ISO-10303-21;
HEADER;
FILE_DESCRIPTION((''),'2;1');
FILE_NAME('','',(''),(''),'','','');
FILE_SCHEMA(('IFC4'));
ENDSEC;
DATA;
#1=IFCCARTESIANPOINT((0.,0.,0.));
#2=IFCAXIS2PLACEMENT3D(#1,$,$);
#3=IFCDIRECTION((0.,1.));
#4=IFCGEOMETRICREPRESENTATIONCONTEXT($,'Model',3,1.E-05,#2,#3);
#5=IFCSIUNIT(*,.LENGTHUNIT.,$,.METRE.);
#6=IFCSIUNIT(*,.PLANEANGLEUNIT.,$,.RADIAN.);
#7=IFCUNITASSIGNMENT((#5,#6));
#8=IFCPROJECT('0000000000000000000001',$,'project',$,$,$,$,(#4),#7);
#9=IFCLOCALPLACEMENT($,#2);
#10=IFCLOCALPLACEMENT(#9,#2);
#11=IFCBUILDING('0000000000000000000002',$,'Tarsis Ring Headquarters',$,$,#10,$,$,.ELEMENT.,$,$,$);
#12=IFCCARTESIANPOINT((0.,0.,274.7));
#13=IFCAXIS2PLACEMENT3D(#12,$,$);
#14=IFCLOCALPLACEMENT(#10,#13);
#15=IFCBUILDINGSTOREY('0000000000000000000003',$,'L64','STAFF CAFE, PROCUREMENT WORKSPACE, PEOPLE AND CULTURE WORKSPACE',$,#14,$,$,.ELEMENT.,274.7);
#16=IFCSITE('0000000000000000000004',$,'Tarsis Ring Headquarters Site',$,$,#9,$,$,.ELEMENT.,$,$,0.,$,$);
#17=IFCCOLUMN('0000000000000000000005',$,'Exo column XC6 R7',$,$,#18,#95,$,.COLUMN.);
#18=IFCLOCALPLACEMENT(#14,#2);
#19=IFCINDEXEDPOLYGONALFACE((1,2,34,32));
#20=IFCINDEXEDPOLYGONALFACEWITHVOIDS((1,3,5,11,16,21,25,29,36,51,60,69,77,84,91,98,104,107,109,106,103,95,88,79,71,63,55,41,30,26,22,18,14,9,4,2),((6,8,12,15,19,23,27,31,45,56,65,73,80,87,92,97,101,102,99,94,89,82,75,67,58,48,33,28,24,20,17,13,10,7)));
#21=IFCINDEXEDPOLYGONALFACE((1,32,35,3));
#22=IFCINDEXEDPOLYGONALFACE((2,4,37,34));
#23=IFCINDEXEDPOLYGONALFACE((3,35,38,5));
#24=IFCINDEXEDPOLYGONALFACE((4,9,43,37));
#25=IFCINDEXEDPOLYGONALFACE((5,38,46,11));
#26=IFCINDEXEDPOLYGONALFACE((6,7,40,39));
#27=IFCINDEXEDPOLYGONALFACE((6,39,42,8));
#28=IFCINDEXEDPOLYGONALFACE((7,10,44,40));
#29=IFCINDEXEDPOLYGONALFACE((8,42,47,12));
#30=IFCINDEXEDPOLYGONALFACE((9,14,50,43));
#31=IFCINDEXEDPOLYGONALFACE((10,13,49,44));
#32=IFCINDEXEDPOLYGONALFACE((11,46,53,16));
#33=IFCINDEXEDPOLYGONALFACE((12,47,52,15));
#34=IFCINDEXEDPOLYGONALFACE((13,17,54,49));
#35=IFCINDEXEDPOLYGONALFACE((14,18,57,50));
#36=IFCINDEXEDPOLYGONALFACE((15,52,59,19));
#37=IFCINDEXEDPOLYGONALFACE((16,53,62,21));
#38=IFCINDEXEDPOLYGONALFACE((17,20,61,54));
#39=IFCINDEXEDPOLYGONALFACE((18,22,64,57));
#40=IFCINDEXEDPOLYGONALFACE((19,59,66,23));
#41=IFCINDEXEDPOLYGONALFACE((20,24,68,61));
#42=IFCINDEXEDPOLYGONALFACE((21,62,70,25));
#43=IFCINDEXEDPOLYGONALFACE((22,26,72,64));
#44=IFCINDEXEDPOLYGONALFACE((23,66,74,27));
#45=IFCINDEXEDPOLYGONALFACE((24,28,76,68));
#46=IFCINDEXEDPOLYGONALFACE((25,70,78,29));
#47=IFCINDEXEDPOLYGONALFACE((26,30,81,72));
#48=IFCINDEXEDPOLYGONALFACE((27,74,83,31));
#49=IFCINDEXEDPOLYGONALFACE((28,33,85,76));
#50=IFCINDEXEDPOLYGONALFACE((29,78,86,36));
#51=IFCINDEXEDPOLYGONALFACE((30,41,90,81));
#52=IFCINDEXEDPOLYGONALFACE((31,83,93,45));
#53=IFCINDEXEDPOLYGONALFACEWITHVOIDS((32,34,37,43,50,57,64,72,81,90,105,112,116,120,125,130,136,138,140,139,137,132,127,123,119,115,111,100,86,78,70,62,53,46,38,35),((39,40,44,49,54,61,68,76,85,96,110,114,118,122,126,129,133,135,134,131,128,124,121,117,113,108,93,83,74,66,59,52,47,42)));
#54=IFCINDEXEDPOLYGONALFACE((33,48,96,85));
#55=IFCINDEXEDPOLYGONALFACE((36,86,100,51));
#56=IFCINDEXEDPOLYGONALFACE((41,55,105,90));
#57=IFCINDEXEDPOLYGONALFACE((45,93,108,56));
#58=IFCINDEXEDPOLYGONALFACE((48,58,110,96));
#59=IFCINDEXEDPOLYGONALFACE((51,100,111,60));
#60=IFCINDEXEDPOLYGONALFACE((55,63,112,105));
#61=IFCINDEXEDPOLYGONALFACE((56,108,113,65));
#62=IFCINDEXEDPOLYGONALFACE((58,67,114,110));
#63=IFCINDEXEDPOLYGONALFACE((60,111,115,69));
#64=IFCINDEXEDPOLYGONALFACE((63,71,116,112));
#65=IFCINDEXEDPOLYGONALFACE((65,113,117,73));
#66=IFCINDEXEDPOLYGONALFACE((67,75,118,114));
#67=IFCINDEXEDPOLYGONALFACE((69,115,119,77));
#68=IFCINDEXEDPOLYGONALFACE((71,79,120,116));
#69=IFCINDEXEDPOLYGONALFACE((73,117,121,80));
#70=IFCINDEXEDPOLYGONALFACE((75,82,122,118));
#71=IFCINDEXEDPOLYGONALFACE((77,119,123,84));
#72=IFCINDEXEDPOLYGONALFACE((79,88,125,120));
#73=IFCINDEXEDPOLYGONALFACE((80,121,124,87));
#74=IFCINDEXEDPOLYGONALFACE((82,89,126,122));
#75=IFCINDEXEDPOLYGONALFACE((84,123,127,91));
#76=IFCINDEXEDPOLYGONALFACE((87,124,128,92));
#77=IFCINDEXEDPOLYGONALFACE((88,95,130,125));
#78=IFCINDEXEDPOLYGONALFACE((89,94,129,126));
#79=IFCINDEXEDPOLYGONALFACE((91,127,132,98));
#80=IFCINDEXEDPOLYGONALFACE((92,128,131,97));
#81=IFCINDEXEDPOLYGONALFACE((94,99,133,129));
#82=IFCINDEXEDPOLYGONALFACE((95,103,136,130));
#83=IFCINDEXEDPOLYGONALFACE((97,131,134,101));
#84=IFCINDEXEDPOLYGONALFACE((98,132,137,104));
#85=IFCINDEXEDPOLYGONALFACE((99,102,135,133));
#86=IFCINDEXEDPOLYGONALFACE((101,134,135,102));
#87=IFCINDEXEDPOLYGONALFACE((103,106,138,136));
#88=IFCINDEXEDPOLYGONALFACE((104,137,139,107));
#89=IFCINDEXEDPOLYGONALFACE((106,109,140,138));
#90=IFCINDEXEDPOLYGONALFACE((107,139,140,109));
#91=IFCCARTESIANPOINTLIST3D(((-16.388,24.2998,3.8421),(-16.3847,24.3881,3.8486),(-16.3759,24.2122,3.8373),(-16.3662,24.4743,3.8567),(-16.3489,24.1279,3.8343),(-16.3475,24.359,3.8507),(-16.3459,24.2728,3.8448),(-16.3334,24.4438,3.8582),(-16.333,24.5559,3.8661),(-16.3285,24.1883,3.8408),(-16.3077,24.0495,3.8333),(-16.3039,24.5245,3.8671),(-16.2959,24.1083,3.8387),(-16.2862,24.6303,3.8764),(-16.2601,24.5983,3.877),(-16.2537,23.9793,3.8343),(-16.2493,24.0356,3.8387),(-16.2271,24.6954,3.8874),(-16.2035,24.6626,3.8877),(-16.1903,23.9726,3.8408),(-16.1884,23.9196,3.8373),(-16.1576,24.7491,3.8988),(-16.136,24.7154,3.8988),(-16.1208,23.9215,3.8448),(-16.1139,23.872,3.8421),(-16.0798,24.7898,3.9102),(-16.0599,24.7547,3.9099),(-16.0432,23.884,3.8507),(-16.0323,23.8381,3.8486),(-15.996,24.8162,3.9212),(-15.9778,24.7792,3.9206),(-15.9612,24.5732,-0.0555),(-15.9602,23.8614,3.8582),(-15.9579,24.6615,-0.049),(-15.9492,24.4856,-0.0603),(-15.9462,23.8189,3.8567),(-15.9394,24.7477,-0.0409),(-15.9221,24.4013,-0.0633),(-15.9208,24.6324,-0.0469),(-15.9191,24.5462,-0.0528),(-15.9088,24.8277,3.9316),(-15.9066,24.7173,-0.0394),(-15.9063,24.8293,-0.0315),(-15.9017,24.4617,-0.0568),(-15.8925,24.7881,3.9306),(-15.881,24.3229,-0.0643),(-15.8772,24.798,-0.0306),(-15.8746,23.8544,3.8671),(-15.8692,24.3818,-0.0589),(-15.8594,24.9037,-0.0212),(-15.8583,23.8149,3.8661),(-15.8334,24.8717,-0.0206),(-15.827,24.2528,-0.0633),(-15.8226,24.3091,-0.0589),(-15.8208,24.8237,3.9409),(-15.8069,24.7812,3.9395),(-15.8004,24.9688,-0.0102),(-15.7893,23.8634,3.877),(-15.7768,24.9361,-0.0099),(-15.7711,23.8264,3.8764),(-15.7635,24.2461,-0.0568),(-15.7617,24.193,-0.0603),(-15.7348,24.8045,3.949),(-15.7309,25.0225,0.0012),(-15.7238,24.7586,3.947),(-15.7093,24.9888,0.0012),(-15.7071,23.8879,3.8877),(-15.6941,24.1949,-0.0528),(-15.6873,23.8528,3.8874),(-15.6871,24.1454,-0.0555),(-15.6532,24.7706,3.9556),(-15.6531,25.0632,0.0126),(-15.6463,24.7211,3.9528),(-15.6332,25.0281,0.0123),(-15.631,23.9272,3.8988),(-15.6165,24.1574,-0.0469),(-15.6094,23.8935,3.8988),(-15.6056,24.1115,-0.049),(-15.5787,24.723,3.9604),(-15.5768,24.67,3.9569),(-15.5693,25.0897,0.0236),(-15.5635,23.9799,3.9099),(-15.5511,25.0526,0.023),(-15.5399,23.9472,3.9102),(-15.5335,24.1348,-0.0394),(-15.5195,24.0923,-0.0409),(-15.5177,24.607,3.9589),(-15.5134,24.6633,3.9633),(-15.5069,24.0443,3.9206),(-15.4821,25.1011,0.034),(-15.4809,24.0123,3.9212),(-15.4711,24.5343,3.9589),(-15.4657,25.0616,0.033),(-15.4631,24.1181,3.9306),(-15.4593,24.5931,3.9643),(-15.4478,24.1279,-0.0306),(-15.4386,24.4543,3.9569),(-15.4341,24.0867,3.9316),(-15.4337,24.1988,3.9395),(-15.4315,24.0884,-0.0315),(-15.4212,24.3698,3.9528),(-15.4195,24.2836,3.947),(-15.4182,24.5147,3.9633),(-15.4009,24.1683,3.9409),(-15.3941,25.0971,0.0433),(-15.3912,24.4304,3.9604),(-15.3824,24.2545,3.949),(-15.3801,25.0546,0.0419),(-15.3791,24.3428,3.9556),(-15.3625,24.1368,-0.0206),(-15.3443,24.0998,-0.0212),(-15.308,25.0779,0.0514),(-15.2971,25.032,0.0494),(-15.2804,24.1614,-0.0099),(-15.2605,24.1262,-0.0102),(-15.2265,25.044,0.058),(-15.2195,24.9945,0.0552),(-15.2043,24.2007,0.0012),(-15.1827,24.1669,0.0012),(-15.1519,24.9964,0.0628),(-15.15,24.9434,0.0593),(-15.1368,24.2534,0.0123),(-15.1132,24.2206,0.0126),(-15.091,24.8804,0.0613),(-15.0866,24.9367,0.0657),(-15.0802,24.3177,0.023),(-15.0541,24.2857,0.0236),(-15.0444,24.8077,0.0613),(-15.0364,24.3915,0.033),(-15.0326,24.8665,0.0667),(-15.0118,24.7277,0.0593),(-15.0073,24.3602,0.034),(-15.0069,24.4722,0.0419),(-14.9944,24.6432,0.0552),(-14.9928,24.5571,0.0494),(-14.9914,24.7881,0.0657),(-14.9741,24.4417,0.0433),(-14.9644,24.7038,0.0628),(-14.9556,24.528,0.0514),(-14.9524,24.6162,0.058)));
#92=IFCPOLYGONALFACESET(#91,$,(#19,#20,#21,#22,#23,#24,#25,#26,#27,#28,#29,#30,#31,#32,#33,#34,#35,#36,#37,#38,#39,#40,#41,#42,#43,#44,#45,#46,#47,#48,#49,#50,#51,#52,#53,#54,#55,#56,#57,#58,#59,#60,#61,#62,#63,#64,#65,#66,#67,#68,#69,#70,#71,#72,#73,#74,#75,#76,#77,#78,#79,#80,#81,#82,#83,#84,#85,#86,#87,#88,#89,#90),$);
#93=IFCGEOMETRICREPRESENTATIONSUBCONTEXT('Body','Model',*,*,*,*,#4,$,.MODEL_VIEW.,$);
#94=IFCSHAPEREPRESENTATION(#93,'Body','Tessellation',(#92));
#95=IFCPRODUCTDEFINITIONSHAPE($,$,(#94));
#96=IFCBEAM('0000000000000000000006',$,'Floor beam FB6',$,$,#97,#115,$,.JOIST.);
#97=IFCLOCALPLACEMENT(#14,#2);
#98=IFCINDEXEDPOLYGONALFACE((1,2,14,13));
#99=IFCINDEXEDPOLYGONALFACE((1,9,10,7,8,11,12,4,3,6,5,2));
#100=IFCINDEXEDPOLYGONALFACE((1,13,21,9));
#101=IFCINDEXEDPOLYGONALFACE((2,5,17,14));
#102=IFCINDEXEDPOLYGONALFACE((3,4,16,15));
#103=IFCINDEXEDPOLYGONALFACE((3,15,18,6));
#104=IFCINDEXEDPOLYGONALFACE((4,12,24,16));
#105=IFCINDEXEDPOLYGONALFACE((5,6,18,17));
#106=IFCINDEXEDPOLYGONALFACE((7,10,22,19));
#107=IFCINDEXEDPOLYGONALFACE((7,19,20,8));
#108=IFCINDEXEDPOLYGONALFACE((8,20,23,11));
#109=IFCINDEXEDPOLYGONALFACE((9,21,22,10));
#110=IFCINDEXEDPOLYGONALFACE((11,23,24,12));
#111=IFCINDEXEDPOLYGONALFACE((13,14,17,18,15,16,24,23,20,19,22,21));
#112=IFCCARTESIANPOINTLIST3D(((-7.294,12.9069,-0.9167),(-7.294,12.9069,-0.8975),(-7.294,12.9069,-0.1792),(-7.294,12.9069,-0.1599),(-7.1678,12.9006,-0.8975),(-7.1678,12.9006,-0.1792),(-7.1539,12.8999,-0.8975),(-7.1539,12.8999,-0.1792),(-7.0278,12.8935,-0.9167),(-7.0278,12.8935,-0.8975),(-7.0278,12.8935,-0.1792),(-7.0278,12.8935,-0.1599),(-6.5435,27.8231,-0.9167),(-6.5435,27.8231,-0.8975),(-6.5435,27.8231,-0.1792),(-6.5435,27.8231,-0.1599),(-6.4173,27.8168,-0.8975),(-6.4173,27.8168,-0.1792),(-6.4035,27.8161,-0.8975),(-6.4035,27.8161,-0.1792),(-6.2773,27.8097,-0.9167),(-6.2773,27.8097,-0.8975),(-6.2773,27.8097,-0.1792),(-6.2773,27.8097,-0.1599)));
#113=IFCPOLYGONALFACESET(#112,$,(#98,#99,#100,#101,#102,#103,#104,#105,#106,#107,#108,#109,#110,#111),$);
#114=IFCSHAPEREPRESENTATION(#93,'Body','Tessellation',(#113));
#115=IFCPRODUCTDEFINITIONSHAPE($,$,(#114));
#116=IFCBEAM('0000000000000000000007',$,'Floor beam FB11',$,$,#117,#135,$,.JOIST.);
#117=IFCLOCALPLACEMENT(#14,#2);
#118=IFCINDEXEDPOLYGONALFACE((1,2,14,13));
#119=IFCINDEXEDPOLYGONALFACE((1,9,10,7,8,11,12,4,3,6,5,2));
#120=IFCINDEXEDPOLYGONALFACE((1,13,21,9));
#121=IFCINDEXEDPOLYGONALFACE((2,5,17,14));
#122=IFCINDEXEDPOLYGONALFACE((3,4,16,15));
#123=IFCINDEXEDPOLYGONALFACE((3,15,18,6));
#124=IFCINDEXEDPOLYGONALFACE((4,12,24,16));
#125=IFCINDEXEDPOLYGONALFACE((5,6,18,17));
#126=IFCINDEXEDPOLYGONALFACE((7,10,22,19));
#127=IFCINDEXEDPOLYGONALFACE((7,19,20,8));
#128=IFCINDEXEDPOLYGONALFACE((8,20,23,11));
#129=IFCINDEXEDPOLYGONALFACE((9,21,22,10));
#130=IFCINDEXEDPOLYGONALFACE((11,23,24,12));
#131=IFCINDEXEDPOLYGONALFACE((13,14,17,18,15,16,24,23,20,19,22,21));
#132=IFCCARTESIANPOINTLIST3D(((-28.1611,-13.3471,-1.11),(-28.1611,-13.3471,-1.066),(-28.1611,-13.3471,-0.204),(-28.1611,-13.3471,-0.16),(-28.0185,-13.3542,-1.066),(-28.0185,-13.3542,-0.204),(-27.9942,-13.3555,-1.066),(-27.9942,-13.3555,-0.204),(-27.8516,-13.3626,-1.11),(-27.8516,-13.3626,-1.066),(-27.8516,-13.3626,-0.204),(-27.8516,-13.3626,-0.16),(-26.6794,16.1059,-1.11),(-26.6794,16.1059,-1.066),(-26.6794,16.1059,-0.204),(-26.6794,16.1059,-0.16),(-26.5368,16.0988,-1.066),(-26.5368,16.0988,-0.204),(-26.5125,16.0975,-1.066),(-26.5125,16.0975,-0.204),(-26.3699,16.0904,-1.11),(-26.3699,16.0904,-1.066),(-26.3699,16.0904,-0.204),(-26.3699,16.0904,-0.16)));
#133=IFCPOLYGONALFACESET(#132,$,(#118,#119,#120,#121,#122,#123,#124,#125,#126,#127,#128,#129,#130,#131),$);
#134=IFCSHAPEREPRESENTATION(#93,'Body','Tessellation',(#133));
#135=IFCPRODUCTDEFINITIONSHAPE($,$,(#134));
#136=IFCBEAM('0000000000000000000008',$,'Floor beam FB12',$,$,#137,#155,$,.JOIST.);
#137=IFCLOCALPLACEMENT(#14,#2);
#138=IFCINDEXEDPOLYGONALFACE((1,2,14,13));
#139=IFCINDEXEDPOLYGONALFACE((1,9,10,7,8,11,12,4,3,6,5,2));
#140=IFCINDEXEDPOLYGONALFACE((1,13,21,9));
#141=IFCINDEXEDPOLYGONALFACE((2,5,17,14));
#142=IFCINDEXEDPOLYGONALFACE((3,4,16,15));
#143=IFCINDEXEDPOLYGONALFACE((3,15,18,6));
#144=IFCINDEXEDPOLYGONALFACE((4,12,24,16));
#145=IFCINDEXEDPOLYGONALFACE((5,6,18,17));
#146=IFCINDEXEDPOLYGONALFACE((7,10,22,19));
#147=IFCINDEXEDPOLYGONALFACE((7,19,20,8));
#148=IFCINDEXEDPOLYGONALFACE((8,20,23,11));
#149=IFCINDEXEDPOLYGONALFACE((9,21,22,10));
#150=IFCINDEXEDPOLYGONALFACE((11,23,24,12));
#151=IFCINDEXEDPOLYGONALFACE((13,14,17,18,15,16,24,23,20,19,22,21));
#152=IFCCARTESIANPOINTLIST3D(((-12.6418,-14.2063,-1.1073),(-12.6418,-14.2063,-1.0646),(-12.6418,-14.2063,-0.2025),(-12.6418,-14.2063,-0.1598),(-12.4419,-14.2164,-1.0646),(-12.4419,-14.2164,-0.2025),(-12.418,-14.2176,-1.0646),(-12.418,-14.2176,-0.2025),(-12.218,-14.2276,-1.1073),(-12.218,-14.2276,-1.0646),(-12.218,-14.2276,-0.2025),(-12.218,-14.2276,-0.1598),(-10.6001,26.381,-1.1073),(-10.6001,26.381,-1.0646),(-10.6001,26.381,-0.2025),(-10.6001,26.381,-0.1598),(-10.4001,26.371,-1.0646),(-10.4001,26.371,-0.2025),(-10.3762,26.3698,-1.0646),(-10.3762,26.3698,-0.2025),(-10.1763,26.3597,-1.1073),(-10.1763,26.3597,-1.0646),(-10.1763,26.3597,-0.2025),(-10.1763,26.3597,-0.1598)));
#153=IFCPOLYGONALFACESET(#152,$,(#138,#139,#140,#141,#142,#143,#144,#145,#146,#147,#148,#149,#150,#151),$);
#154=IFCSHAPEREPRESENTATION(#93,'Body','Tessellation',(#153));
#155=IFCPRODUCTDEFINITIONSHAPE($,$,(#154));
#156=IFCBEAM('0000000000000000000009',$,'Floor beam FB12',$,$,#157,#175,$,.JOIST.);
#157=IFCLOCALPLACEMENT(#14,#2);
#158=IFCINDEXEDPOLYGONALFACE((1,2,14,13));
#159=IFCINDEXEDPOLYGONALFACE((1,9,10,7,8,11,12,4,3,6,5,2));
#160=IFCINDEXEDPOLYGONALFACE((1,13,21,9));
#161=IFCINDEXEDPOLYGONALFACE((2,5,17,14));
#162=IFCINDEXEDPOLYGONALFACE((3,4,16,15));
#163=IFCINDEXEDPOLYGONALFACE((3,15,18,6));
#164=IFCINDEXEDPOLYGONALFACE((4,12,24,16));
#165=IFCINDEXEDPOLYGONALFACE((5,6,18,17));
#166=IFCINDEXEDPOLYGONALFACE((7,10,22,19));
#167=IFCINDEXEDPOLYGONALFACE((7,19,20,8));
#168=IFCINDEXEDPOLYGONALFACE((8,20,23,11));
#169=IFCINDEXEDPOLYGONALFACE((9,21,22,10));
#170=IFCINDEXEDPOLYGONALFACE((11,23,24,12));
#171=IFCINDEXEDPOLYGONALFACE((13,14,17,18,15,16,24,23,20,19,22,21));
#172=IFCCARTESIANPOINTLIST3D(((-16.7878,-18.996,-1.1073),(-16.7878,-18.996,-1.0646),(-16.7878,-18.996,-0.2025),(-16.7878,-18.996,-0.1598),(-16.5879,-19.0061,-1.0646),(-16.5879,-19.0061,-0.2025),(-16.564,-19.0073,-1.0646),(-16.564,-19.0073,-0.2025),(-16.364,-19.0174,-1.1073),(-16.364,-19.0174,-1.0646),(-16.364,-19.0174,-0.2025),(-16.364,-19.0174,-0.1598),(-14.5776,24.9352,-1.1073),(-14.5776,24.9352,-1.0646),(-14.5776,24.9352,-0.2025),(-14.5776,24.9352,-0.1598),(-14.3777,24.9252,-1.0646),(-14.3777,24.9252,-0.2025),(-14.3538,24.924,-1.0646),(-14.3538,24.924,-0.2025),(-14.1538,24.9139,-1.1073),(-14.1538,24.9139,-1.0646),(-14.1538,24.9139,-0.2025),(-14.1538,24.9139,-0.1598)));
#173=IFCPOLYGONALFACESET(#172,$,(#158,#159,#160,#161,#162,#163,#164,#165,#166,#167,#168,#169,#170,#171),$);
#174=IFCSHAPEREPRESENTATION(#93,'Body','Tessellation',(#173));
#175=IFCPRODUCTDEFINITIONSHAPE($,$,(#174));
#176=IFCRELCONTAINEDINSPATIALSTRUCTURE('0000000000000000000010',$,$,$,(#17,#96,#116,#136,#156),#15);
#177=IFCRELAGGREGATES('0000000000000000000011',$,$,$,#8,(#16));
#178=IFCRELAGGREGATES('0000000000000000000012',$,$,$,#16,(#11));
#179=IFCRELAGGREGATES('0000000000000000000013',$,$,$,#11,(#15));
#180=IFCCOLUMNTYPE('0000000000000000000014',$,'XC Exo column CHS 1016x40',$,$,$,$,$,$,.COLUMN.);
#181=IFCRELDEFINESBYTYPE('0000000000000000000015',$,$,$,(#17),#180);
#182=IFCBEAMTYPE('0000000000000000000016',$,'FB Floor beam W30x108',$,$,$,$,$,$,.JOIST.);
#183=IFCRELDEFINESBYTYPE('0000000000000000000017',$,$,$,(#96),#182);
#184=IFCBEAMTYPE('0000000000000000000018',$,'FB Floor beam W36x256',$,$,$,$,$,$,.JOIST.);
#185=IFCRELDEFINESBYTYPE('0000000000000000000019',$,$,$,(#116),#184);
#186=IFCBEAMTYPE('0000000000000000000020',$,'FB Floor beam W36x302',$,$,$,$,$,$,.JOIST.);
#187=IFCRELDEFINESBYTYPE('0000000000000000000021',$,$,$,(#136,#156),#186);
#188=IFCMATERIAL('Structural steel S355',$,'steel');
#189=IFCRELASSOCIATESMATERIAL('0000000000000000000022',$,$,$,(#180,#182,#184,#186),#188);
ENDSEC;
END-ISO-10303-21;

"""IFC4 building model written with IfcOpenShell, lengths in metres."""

from ifc_helpers import new_model, si_unit, direction, frame, origin, origin_2d, place, context, subcontext, project, spatial, hollow_circle, i_section, extrude, material, material_profile, profile_set, type_object, element, save


model = new_model("IFC4")

# Units and contexts
model_context = context("Model", 3, precision=1e-05, world=origin(), true_north=direction((0.0, 1.0)))
body_context = subcontext(model_context, "Body", "Model", "MODEL_VIEW")
ifc_project = project(units=[si_unit("LENGTHUNIT", "METRE"), si_unit("PLANEANGLEUNIT", "RADIAN")], contexts=[model_context])

# Site, building, storey
site_placement = place(None, origin())
site = spatial("IfcSite", under=ifc_project, at=site_placement, Name="Tarsis Ring Headquarters Site", CompositionType="ELEMENT", RefElevation=0.0)
building_placement = place(site_placement, origin())
building = spatial("IfcBuilding", under=site, at=building_placement, Name="Tarsis Ring Headquarters", CompositionType="ELEMENT")
storey_placement = place(building_placement, frame((0.0, 0.0, 274.7)))
storey = spatial("IfcBuildingStorey", under=building, at=storey_placement, Name="L64", Description="STAFF CAFE, PROCUREMENT WORKSPACE, PEOPLE AND CULTURE WORKSPACE", CompositionType="ELEMENT", Elevation=274.7)

# Column
ifc_material_1 = material(Name="Structural steel S355", Category="steel")
ifc_material_profile_1 = material_profile(ifc_material_1, hollow_circle(Radius=0.5081, WallThickness=0.04, at=origin_2d()), Name="CHS 1016x40")
ifc_profile_set_1 = profile_set([ifc_material_profile_1], Name="Structural steel S355")
column_type = type_object("IfcColumnType", Name="XC Exo column CHS 1016x40", PredefinedType="COLUMN", material=ifc_profile_set_1)
column_placement = place(storey_placement, frame((-15.4568, 24.5947, 0.0012), z_axis=(-0.108575, -0.069568, 0.991651), x_axis=(0.539491, -0.841991, 0.0)))
element("IfcColumn", 1, at=column_placement, inside=storey, type_object=column_type, Name="Exo column XC6 R7", PredefinedType="COLUMN", context=body_context, shape_type="SweptSolid", body=[
    extrude(hollow_circle(Radius=0.5081, WallThickness=0.04, at=origin_2d()), origin(), (0.0, 0.0, 1.0), 3.9304),
])

# Beams
ifc_material_profile_2 = material_profile(ifc_material_1, i_section(OverallWidth=0.2666, OverallDepth=0.7568, WebThickness=0.0139, FlangeThickness=0.0193, at=origin_2d()), Name="W30x108")
ifc_profile_set_2 = profile_set([ifc_material_profile_2], Name="Structural steel S355")
beam_type_1 = type_object("IfcBeamType", Name="FB Floor beam W30x108", PredefinedType="JOIST", material=ifc_profile_set_2)
beam_1_placement = place(storey_placement, frame((-6.4104, 27.8164, -0.5383), z_axis=(-0.05025, -0.998737, 0.0), x_axis=(0.998737, -0.05025, 0.0)))
element("IfcBeam", 2, at=beam_1_placement, inside=storey, type_object=beam_type_1, Name="Floor beam FB6", PredefinedType="JOIST", context=body_context, shape_type="SweptSolid", body=[
    extrude(i_section(OverallWidth=0.2666, OverallDepth=0.7568, WebThickness=0.0139, FlangeThickness=0.0193, at=origin_2d()), origin(), (0.0, 0.0, 1.0), 14.9351),
])
ifc_material_profile_3 = material_profile(ifc_material_1, i_section(OverallWidth=0.3098, OverallDepth=0.95, WebThickness=0.0244, FlangeThickness=0.0439, at=origin_2d()), Name="W36x256")
ifc_profile_set_3 = profile_set([ifc_material_profile_3], Name="Structural steel S355")
beam_type_2 = type_object("IfcBeamType", Name="FB Floor beam W36x256", PredefinedType="JOIST", material=ifc_profile_set_3)
beam_2_placement = place(storey_placement, frame((-26.5247, 16.0981, -0.635), z_axis=(-0.050244, -0.998737, 0.0), x_axis=(0.998737, -0.050244, 0.0)))
element("IfcBeam", 3, at=beam_2_placement, inside=storey, type_object=beam_type_2, Name="Floor beam FB11", PredefinedType="JOIST", context=body_context, shape_type="SweptSolid", body=[
    extrude(i_section(OverallWidth=0.3098, OverallDepth=0.95, WebThickness=0.0244, FlangeThickness=0.0439, at=origin_2d()), origin(), (0.0, 0.0, 1.0), 29.4902),
])
ifc_material_profile_4 = material_profile(ifc_material_1, i_section(OverallWidth=0.4243, OverallDepth=0.9475, WebThickness=0.0239, FlangeThickness=0.0427, at=origin_2d()), Name="W36x302")
ifc_profile_set_4 = profile_set([ifc_material_profile_4], Name="Structural steel S355")
beam_type_3 = type_object("IfcBeamType", Name="FB Floor beam W36x302", PredefinedType="JOIST", material=ifc_profile_set_4)
beam_3_placement = place(storey_placement, frame((-10.3882, 26.3704, -0.6335), z_axis=(-0.050241, -0.998737, 0.0), x_axis=(0.998737, -0.050241, 0.0)))
element("IfcBeam", 4, at=beam_3_placement, inside=storey, type_object=beam_type_3, Name="Floor beam FB12", PredefinedType="JOIST", context=body_context, shape_type="SweptSolid", body=[
    extrude(i_section(OverallWidth=0.4243, OverallDepth=0.9475, WebThickness=0.0239, FlangeThickness=0.0427, at=origin_2d()), origin(), (0.0, 0.0, 1.0), 40.6387),
])
beam_4_placement = place(storey_placement, frame((-14.3657, 24.9246, -0.6335), z_axis=(-0.050247, -0.998737, 0.0), x_axis=(0.998737, -0.050247, 0.0)))
element("IfcBeam", 5, at=beam_4_placement, inside=storey, type_object=beam_type_3, Name="Floor beam FB12", PredefinedType="JOIST", context=body_context, shape_type="SweptSolid", body=[
    extrude(i_section(OverallWidth=0.4243, OverallDepth=0.9475, WebThickness=0.0239, FlangeThickness=0.0427, at=origin_2d()), origin(), (0.0, 0.0, 1.0), 43.9868),
])

save(model, "model.ifc")
